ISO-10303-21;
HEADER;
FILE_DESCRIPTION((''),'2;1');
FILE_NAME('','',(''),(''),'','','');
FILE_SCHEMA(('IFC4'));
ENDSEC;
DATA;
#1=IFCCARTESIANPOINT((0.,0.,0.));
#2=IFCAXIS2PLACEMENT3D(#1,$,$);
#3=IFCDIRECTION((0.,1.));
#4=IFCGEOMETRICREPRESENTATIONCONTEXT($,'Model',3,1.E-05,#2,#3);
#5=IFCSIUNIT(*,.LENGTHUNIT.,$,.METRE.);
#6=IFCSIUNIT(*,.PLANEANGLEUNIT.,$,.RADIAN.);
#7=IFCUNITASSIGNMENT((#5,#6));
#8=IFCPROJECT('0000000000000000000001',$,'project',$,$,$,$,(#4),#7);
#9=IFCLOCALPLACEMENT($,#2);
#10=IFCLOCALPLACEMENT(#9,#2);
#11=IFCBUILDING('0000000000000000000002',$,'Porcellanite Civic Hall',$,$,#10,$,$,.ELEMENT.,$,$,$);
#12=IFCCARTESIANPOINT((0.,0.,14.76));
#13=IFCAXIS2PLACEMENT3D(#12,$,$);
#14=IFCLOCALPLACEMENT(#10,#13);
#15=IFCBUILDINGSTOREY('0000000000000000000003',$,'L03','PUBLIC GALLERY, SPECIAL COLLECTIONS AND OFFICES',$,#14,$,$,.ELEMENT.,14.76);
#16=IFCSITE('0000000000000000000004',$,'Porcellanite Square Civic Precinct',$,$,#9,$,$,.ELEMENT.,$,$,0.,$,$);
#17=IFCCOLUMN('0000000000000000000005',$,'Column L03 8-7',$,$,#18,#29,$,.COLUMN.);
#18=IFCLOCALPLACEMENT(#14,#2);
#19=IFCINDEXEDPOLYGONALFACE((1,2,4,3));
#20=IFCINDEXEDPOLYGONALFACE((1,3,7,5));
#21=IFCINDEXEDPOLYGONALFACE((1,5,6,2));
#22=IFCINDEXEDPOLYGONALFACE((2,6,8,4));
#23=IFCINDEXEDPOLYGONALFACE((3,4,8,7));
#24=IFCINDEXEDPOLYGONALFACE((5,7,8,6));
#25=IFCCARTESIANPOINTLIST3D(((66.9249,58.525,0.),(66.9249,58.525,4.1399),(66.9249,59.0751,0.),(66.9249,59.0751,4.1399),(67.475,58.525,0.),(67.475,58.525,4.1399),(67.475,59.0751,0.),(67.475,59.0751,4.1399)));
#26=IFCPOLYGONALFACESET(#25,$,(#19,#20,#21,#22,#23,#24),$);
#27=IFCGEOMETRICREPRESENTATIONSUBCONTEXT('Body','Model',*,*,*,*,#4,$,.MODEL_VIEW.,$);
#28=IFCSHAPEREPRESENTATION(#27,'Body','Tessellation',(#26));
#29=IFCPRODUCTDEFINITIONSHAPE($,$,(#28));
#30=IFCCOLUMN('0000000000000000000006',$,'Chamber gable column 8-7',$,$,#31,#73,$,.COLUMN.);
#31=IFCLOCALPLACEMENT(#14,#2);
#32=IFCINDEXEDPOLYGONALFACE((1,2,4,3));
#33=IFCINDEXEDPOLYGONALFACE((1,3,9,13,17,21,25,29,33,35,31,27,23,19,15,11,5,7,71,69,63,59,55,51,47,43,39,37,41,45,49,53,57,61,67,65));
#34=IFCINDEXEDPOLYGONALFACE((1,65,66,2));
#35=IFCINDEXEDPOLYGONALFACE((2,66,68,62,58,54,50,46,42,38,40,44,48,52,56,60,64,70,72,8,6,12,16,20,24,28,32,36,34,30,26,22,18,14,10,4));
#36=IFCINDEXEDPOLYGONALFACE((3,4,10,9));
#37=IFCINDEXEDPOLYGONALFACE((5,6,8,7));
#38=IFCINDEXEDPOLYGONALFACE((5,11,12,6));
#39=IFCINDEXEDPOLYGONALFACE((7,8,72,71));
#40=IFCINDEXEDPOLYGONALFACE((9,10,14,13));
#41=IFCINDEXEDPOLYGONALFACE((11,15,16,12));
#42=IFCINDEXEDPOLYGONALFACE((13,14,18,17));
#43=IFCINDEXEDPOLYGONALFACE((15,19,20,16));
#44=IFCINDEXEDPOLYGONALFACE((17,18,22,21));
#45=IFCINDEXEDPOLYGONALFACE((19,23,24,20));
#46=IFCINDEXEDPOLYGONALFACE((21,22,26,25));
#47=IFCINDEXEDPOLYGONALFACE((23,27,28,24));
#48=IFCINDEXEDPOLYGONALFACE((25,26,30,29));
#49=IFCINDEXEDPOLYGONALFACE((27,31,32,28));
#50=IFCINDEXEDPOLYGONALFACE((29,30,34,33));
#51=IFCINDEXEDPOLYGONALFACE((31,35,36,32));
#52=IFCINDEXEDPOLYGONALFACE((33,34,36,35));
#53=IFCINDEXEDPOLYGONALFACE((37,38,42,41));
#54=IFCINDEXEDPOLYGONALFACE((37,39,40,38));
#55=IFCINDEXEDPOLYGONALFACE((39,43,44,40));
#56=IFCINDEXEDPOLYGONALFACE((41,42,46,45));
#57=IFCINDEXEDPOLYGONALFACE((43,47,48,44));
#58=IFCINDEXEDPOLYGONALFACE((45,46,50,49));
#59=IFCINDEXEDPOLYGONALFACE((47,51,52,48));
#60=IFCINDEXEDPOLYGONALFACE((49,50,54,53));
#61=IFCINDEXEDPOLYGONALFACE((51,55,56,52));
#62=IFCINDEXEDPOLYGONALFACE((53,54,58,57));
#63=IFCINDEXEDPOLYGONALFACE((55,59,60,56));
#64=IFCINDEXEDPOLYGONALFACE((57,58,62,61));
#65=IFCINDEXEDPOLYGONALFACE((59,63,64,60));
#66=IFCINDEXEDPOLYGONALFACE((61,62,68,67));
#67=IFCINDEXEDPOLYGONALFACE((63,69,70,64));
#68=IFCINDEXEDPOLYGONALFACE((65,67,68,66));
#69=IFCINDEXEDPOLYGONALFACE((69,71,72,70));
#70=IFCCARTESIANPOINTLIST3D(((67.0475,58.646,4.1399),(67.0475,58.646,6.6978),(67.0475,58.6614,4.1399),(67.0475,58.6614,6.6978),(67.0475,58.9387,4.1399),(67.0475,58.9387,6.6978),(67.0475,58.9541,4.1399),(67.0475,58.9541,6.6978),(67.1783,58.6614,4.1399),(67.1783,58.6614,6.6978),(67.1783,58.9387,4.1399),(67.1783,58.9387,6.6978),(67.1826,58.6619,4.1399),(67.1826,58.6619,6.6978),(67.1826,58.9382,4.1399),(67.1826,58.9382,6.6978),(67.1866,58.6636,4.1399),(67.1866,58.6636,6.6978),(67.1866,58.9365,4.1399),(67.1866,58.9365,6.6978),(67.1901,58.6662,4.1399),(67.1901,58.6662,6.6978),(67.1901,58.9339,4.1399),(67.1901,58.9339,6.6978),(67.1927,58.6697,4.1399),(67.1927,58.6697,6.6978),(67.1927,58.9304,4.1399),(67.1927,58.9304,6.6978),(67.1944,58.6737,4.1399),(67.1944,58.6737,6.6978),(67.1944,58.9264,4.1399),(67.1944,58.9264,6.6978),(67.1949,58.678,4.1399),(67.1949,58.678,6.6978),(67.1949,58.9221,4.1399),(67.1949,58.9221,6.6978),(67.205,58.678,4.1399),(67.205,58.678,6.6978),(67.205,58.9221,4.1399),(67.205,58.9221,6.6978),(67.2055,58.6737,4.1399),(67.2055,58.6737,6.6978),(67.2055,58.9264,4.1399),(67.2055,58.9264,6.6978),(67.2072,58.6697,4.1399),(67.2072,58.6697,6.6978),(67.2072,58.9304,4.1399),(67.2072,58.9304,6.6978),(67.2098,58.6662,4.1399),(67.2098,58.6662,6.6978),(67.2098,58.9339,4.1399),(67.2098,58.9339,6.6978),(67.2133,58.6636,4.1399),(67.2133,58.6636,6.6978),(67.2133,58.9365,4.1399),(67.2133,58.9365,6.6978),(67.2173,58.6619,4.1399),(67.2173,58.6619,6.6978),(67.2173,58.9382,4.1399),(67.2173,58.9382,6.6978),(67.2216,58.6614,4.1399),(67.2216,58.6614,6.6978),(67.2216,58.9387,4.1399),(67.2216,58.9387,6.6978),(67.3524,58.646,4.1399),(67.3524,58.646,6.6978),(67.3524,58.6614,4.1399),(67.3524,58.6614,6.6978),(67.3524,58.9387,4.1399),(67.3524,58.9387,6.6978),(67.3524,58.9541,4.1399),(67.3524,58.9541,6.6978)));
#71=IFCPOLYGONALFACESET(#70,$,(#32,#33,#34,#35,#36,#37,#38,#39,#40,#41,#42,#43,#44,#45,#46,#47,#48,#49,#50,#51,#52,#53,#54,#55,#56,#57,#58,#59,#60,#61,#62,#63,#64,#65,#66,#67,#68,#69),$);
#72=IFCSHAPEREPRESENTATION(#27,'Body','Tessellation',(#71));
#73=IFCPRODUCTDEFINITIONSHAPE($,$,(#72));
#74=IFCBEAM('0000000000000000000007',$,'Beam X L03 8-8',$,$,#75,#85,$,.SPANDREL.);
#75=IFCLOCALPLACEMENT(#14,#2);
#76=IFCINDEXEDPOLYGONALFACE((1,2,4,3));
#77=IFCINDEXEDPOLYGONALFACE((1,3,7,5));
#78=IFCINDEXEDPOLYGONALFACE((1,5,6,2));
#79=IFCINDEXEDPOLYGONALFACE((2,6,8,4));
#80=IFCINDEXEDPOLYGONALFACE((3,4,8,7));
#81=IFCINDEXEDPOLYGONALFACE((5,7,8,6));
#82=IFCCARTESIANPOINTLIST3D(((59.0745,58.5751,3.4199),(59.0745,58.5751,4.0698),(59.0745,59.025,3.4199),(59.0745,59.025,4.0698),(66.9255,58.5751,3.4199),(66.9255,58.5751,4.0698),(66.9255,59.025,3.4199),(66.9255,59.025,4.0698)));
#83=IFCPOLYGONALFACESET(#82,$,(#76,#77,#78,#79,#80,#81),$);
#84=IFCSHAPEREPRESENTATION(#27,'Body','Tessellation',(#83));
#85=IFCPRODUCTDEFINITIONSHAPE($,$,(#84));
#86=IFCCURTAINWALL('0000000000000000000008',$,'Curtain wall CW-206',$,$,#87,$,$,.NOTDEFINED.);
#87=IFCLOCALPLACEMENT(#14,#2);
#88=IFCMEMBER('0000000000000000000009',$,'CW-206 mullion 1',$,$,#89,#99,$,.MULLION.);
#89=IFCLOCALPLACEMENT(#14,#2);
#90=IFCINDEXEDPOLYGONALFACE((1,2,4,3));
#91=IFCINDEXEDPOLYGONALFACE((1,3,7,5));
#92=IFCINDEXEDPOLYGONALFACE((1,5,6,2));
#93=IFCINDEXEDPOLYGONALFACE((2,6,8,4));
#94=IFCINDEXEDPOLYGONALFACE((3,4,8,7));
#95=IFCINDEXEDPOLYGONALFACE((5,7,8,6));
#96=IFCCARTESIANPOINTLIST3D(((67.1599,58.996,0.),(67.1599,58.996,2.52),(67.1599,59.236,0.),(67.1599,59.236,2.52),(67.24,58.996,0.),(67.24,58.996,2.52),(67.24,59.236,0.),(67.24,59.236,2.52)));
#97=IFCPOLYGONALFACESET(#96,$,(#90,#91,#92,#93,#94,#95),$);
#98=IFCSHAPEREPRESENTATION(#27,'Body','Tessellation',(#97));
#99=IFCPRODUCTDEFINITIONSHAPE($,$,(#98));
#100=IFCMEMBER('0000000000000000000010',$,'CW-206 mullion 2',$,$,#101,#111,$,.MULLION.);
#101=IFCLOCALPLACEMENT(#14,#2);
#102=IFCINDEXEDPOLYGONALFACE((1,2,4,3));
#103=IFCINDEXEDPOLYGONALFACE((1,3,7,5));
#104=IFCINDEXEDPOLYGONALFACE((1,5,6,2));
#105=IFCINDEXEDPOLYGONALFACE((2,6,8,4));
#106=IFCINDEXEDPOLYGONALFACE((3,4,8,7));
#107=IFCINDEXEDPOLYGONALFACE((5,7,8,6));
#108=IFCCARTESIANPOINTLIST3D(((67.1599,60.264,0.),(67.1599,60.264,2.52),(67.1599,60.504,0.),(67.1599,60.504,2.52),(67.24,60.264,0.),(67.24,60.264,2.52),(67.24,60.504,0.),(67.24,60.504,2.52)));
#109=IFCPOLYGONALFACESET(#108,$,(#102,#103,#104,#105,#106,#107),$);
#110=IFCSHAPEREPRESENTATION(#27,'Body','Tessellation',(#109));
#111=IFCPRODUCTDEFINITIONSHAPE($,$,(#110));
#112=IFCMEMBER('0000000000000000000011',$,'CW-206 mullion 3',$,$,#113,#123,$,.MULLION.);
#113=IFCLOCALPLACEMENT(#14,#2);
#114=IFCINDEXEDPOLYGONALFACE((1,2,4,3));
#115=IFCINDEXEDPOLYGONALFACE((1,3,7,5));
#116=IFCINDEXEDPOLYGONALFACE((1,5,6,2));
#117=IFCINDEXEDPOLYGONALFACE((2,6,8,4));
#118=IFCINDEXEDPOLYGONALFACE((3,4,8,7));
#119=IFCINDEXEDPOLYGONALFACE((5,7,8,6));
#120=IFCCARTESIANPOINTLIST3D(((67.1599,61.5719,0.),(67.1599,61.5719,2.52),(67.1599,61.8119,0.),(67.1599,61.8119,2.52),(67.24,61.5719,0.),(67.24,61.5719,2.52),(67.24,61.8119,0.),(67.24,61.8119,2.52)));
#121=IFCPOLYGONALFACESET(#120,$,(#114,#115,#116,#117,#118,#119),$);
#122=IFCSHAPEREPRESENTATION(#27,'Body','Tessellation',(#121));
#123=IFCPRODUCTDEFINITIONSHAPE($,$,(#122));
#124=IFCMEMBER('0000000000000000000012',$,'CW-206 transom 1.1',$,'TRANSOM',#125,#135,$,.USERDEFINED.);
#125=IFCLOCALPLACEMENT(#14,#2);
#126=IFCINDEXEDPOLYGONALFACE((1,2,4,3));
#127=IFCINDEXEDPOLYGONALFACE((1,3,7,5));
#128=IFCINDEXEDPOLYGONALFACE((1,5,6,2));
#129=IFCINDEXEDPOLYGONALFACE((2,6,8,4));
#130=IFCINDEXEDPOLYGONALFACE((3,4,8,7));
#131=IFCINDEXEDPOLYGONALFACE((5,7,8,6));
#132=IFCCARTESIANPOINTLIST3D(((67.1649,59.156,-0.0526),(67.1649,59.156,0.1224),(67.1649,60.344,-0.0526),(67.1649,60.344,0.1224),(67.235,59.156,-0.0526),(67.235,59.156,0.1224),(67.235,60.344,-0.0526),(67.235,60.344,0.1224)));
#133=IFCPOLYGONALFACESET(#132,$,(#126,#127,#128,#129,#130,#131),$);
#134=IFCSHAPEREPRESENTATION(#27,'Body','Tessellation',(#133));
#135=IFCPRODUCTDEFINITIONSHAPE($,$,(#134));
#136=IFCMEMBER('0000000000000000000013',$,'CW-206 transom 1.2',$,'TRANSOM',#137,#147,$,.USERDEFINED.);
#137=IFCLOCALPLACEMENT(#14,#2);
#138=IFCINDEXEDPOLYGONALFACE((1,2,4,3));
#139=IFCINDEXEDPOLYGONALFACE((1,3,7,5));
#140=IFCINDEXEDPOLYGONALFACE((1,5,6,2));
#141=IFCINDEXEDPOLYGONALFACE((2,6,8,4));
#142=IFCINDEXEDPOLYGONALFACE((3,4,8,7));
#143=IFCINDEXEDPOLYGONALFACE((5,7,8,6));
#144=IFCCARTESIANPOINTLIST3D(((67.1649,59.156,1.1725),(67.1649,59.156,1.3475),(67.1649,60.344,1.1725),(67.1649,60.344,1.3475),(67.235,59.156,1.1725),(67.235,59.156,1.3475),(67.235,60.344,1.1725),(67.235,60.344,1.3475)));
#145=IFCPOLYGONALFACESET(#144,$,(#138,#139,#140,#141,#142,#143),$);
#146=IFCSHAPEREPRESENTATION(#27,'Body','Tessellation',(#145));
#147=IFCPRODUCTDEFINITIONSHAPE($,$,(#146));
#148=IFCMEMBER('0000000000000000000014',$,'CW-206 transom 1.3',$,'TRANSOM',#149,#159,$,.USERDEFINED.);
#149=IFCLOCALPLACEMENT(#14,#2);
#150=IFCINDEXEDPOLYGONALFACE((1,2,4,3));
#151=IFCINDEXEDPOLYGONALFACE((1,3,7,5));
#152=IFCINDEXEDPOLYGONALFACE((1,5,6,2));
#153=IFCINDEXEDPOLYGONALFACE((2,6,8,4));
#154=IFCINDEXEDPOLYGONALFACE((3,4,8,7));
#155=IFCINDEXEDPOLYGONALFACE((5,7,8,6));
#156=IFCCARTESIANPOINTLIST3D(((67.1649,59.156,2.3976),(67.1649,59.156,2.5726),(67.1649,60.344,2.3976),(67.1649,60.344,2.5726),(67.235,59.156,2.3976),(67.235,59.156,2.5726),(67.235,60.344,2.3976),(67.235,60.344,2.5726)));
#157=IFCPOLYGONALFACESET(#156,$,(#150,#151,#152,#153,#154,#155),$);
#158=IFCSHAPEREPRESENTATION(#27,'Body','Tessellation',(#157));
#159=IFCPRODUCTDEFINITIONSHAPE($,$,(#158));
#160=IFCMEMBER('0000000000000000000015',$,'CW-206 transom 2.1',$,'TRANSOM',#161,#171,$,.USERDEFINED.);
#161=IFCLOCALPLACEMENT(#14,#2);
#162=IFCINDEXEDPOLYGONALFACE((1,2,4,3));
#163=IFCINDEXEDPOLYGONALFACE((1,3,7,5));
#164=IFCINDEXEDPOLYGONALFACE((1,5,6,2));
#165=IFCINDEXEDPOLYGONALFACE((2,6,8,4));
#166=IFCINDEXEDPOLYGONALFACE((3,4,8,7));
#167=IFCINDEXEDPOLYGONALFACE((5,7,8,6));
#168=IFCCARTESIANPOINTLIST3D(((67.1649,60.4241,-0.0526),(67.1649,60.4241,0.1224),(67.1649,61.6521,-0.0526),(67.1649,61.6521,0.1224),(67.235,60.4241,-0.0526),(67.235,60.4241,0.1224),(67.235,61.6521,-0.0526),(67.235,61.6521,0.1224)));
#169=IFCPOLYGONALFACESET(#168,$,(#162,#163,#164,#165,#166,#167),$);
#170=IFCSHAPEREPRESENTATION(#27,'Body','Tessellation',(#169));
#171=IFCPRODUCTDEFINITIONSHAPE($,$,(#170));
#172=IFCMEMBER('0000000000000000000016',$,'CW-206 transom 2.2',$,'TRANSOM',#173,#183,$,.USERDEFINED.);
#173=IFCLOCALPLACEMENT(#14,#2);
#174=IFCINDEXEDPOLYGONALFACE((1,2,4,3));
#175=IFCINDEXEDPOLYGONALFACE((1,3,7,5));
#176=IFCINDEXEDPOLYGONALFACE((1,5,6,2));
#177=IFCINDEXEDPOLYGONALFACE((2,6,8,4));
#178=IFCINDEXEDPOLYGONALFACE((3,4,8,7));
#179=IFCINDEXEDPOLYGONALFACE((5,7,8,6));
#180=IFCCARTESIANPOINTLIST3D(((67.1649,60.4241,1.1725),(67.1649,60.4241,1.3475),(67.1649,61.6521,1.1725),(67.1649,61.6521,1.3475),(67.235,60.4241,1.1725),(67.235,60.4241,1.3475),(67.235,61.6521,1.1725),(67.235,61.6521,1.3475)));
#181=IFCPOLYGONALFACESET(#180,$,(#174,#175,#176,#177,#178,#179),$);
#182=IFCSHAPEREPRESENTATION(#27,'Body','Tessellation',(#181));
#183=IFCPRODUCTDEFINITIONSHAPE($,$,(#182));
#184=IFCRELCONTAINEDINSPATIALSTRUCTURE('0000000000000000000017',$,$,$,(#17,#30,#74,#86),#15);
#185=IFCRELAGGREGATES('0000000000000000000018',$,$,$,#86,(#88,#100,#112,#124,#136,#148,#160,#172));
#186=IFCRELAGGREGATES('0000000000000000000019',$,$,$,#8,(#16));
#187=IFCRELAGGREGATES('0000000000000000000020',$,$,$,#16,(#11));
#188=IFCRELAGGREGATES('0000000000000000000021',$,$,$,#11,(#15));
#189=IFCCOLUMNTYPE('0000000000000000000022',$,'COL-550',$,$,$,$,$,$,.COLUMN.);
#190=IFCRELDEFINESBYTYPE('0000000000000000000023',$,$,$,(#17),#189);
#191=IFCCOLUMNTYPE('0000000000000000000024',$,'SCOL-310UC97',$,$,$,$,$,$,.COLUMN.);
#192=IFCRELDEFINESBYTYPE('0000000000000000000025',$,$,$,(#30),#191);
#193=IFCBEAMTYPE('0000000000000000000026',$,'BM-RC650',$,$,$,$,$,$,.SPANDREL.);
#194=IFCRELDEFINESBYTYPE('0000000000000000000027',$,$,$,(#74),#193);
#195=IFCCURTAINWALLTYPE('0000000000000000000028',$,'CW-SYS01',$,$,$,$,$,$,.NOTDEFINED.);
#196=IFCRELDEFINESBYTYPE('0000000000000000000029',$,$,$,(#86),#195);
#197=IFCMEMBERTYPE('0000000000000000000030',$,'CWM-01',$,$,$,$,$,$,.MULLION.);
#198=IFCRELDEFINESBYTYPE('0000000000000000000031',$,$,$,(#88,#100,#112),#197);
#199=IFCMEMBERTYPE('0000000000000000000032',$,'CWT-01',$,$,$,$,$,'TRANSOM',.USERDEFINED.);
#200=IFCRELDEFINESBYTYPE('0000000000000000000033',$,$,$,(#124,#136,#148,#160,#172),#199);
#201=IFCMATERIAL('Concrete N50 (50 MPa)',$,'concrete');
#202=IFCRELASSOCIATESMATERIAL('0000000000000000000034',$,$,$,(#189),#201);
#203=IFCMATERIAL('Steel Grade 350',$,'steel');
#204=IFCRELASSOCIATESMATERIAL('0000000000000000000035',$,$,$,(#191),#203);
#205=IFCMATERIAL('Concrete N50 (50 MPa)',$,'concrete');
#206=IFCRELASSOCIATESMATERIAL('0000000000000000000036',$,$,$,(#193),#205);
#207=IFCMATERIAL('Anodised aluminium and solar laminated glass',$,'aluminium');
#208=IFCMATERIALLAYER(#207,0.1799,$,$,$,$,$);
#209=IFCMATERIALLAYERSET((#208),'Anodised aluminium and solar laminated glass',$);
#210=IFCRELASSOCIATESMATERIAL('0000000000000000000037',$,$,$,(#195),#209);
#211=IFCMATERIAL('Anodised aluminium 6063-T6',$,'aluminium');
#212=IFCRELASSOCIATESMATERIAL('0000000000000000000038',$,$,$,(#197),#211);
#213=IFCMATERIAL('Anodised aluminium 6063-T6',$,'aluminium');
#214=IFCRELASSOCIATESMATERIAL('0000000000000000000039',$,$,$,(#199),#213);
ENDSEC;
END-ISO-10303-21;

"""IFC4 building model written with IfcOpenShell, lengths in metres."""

from ifc_helpers import new_model, si_unit, direction, frame, origin, origin_2d, place, context, subcontext, project, spatial, rectangle, i_section, extrude, material, layer, layer_set, material_profile, profile_set, type_object, element, aggregate, save


model = new_model("IFC4")

# Units and contexts
model_context = context("Model", 3, precision=1e-05, world=origin(), true_north=direction((0.0, 1.0)))
body_context = subcontext(model_context, "Body", "Model", "MODEL_VIEW")
ifc_project = project(units=[si_unit("LENGTHUNIT", "METRE"), si_unit("PLANEANGLEUNIT", "RADIAN")], contexts=[model_context])

# Site, building, storey
site_placement = place(None, origin())
site = spatial("IfcSite", under=ifc_project, at=site_placement, Name="Porcellanite Square Civic Precinct", CompositionType="ELEMENT", RefElevation=0.0)
building_placement = place(site_placement, origin())
building = spatial("IfcBuilding", under=site, at=building_placement, Name="Porcellanite Civic Hall", CompositionType="ELEMENT")
storey_placement = place(building_placement, frame((0.0, 0.0, 14.76)))
storey = spatial("IfcBuildingStorey", under=building, at=storey_placement, Name="L03", Description="PUBLIC GALLERY, SPECIAL COLLECTIONS AND OFFICES", CompositionType="ELEMENT", Elevation=14.76)

# Columns
ifc_material_1 = material(Name="Concrete N50 (50 MPa)", Category="concrete")
ifc_material_profile_1 = material_profile(ifc_material_1, rectangle(XDim=0.55, YDim=0.55, at=origin_2d()), Name="RC-550x550")
ifc_profile_set_1 = profile_set([ifc_material_profile_1], Name="Concrete N50 (50 MPa)")
column_type_1 = type_object("IfcColumnType", Name="COL-550", PredefinedType="COLUMN", material=ifc_profile_set_1)
column_1_placement = place(storey_placement, frame((67.2, 58.8, 0.0), z_axis=(0.0, 0.0, 1.0), x_axis=(1.0, 0.0, 0.0)))
element("IfcColumn", 1, at=column_1_placement, inside=storey, type_object=column_type_1, Name="Column L03 8-7", PredefinedType="COLUMN", context=body_context, shape_type="SweptSolid", body=[
    extrude(rectangle(XDim=0.55, YDim=0.55, at=origin_2d()), origin(), (0.0, 0.0, 1.0), 4.1399),
])
ifc_material_2 = material(Name="Steel Grade 350", Category="steel")
ifc_material_profile_2 = material_profile(ifc_material_2, i_section(OverallWidth=0.3049, OverallDepth=0.3081, WebThickness=0.01, FlangeThickness=0.0154, FilletRadius=0.0166, at=origin_2d()), Name="310UC96.8")
ifc_profile_set_2 = profile_set([ifc_material_profile_2], Name="Steel Grade 350")
column_type_2 = type_object("IfcColumnType", Name="SCOL-310UC97", PredefinedType="COLUMN", material=ifc_profile_set_2)
column_2_placement = place(storey_placement, frame((67.2, 58.8, 4.1399), z_axis=(0.0, 0.0, 1.0), x_axis=(1.0, 0.0, 0.0)))
element("IfcColumn", 2, at=column_2_placement, inside=storey, type_object=column_type_2, Name="Chamber gable column 8-7", PredefinedType="COLUMN", context=body_context, shape_type="SweptSolid", body=[
    extrude(i_section(OverallWidth=0.3049, OverallDepth=0.3081, WebThickness=0.01, FlangeThickness=0.0154, FilletRadius=0.0166, at=origin_2d()), origin(), (0.0, 0.0, 1.0), 2.5579),
])

# Beam
ifc_material_3 = material(Name="Concrete N50 (50 MPa)", Category="concrete")
ifc_material_profile_3 = material_profile(ifc_material_3, rectangle(XDim=0.45, YDim=0.6499, at=origin_2d()), Name="RC-450x650")
ifc_profile_set_3 = profile_set([ifc_material_profile_3], Name="Concrete N50 (50 MPa)")
beam_type_1 = type_object("IfcBeamType", Name="BM-RC650", PredefinedType="SPANDREL", material=ifc_profile_set_3)
beam_1_placement = place(storey_placement, frame((59.0745, 58.8, 3.7449), z_axis=(1.0, 0.0, 0.0), x_axis=(0.0, 1.0, 0.0)))
element("IfcBeam", 3, at=beam_1_placement, inside=storey, type_object=beam_type_1, Name="Beam X L03 8-8", PredefinedType="SPANDREL", context=body_context, shape_type="SweptSolid", body=[
    extrude(rectangle(XDim=0.45, YDim=0.6499, at=origin_2d()), origin(), (0.0, 0.0, 1.0), 7.8511),
])

# Curtain wall, members
ifc_material_4 = material(Name="Anodised aluminium and solar laminated glass", Category="aluminium")
ifc_layer_1 = layer(ifc_material_4, 0.1799)
ifc_layer_set_1 = layer_set([ifc_layer_1], Name="Anodised aluminium and solar laminated glass")
curtain_wall_type = type_object("IfcCurtainWallType", Name="CW-SYS01", PredefinedType="NOTDEFINED", material=ifc_layer_set_1)
curtain_wall_placement = place(storey_placement, origin())
curtain_wall = element("IfcCurtainWall", 4, at=curtain_wall_placement, inside=storey, type_object=curtain_wall_type, Name="Curtain wall CW-206", PredefinedType="NOTDEFINED")
ifc_material_5 = material(Name="Anodised aluminium 6063-T6", Category="aluminium")
ifc_material_profile_4 = material_profile(ifc_material_5, rectangle(XDim=0.0801, YDim=0.24, at=origin_2d()), Name="AL-80x240")
ifc_profile_set_4 = profile_set([ifc_material_profile_4], Name="Anodised aluminium 6063-T6")
member_type_1 = type_object("IfcMemberType", Name="CWM-01", PredefinedType="MULLION", material=ifc_profile_set_4)
member_1_placement = place(storey_placement, frame((67.2, 59.116, 0.0), z_axis=(0.0, 0.0, 1.0), x_axis=(-1.0, 0.0, 0.0)))
member_1 = element("IfcMember", 5, at=member_1_placement, type_object=member_type_1, Name="CW-206 mullion 1", PredefinedType="MULLION", context=body_context, shape_type="SweptSolid", body=[
    extrude(rectangle(XDim=0.0801, YDim=0.24, at=origin_2d()), origin(), (0.0, 0.0, 1.0), 2.52),
])
member_2_placement = place(storey_placement, frame((67.2, 60.384, 0.0), z_axis=(0.0, 0.0, 1.0), x_axis=(-1.0, 0.0, 0.0)))
member_2 = element("IfcMember", 6, at=member_2_placement, type_object=member_type_1, Name="CW-206 mullion 2", PredefinedType="MULLION", context=body_context, shape_type="SweptSolid", body=[
    extrude(rectangle(XDim=0.0801, YDim=0.24, at=origin_2d()), origin(), (0.0, 0.0, 1.0), 2.52),
])
member_3_placement = place(storey_placement, frame((67.2, 61.6919, 0.0), z_axis=(0.0, 0.0, 1.0), x_axis=(-1.0, 0.0, 0.0)))
member_3 = element("IfcMember", 7, at=member_3_placement, type_object=member_type_1, Name="CW-206 mullion 3", PredefinedType="MULLION", context=body_context, shape_type="SweptSolid", body=[
    extrude(rectangle(XDim=0.0801, YDim=0.24, at=origin_2d()), origin(), (0.0, 0.0, 1.0), 2.52),
])
ifc_material_6 = material(Name="Anodised aluminium 6063-T6", Category="aluminium")
ifc_material_profile_5 = material_profile(ifc_material_6, rectangle(XDim=0.0701, YDim=0.175, at=origin_2d()), Name="AL-70x175")
ifc_profile_set_5 = profile_set([ifc_material_profile_5], Name="Anodised aluminium 6063-T6")
member_type_2 = type_object("IfcMemberType", Name="CWT-01", ElementType="TRANSOM", PredefinedType="USERDEFINED", material=ifc_profile_set_5)
member_4_placement = place(storey_placement, frame((67.2, 59.156, 0.0349), z_axis=(0.0, 1.0, 0.0), x_axis=(-1.0, 0.0, 0.0)))
member_4 = element("IfcMember", 8, at=member_4_placement, type_object=member_type_2, Name="CW-206 transom 1.1", ObjectType="TRANSOM", PredefinedType="USERDEFINED", context=body_context, shape_type="SweptSolid", body=[
    extrude(rectangle(XDim=0.0701, YDim=0.175, at=origin_2d()), origin(), (0.0, 0.0, 1.0), 1.188),
])
member_5_placement = place(storey_placement, frame((67.2, 59.156, 1.26), z_axis=(0.0, 1.0, 0.0), x_axis=(-1.0, 0.0, 0.0)))
member_5 = element("IfcMember", 9, at=member_5_placement, type_object=member_type_2, Name="CW-206 transom 1.2", ObjectType="TRANSOM", PredefinedType="USERDEFINED", context=body_context, shape_type="SweptSolid", body=[
    extrude(rectangle(XDim=0.0701, YDim=0.175, at=origin_2d()), origin(), (0.0, 0.0, 1.0), 1.188),
])
member_6_placement = place(storey_placement, frame((67.2, 59.156, 2.4851), z_axis=(0.0, 1.0, 0.0), x_axis=(-1.0, 0.0, 0.0)))
member_6 = element("IfcMember", 10, at=member_6_placement, type_object=member_type_2, Name="CW-206 transom 1.3", ObjectType="TRANSOM", PredefinedType="USERDEFINED", context=body_context, shape_type="SweptSolid", body=[
    extrude(rectangle(XDim=0.0701, YDim=0.175, at=origin_2d()), origin(), (0.0, 0.0, 1.0), 1.188),
])
member_7_placement = place(storey_placement, frame((67.2, 60.4241, 0.0349), z_axis=(0.0, 1.0, 0.0), x_axis=(-1.0, 0.0, 0.0)))
member_7 = element("IfcMember", 11, at=member_7_placement, type_object=member_type_2, Name="CW-206 transom 2.1", ObjectType="TRANSOM", PredefinedType="USERDEFINED", context=body_context, shape_type="SweptSolid", body=[
    extrude(rectangle(XDim=0.0701, YDim=0.175, at=origin_2d()), origin(), (0.0, 0.0, 1.0), 1.228),
])
member_8_placement = place(storey_placement, frame((67.2, 60.4241, 1.26), z_axis=(0.0, 1.0, 0.0), x_axis=(-1.0, 0.0, 0.0)))
member_8 = element("IfcMember", 12, at=member_8_placement, type_object=member_type_2, Name="CW-206 transom 2.2", ObjectType="TRANSOM", PredefinedType="USERDEFINED", context=body_context, shape_type="SweptSolid", body=[
    extrude(rectangle(XDim=0.0701, YDim=0.175, at=origin_2d()), origin(), (0.0, 0.0, 1.0), 1.228),
])

aggregate(curtain_wall, [member_1, member_2, member_3, member_4, member_5, member_6, member_7, member_8])

save(model, "model.ifc")
